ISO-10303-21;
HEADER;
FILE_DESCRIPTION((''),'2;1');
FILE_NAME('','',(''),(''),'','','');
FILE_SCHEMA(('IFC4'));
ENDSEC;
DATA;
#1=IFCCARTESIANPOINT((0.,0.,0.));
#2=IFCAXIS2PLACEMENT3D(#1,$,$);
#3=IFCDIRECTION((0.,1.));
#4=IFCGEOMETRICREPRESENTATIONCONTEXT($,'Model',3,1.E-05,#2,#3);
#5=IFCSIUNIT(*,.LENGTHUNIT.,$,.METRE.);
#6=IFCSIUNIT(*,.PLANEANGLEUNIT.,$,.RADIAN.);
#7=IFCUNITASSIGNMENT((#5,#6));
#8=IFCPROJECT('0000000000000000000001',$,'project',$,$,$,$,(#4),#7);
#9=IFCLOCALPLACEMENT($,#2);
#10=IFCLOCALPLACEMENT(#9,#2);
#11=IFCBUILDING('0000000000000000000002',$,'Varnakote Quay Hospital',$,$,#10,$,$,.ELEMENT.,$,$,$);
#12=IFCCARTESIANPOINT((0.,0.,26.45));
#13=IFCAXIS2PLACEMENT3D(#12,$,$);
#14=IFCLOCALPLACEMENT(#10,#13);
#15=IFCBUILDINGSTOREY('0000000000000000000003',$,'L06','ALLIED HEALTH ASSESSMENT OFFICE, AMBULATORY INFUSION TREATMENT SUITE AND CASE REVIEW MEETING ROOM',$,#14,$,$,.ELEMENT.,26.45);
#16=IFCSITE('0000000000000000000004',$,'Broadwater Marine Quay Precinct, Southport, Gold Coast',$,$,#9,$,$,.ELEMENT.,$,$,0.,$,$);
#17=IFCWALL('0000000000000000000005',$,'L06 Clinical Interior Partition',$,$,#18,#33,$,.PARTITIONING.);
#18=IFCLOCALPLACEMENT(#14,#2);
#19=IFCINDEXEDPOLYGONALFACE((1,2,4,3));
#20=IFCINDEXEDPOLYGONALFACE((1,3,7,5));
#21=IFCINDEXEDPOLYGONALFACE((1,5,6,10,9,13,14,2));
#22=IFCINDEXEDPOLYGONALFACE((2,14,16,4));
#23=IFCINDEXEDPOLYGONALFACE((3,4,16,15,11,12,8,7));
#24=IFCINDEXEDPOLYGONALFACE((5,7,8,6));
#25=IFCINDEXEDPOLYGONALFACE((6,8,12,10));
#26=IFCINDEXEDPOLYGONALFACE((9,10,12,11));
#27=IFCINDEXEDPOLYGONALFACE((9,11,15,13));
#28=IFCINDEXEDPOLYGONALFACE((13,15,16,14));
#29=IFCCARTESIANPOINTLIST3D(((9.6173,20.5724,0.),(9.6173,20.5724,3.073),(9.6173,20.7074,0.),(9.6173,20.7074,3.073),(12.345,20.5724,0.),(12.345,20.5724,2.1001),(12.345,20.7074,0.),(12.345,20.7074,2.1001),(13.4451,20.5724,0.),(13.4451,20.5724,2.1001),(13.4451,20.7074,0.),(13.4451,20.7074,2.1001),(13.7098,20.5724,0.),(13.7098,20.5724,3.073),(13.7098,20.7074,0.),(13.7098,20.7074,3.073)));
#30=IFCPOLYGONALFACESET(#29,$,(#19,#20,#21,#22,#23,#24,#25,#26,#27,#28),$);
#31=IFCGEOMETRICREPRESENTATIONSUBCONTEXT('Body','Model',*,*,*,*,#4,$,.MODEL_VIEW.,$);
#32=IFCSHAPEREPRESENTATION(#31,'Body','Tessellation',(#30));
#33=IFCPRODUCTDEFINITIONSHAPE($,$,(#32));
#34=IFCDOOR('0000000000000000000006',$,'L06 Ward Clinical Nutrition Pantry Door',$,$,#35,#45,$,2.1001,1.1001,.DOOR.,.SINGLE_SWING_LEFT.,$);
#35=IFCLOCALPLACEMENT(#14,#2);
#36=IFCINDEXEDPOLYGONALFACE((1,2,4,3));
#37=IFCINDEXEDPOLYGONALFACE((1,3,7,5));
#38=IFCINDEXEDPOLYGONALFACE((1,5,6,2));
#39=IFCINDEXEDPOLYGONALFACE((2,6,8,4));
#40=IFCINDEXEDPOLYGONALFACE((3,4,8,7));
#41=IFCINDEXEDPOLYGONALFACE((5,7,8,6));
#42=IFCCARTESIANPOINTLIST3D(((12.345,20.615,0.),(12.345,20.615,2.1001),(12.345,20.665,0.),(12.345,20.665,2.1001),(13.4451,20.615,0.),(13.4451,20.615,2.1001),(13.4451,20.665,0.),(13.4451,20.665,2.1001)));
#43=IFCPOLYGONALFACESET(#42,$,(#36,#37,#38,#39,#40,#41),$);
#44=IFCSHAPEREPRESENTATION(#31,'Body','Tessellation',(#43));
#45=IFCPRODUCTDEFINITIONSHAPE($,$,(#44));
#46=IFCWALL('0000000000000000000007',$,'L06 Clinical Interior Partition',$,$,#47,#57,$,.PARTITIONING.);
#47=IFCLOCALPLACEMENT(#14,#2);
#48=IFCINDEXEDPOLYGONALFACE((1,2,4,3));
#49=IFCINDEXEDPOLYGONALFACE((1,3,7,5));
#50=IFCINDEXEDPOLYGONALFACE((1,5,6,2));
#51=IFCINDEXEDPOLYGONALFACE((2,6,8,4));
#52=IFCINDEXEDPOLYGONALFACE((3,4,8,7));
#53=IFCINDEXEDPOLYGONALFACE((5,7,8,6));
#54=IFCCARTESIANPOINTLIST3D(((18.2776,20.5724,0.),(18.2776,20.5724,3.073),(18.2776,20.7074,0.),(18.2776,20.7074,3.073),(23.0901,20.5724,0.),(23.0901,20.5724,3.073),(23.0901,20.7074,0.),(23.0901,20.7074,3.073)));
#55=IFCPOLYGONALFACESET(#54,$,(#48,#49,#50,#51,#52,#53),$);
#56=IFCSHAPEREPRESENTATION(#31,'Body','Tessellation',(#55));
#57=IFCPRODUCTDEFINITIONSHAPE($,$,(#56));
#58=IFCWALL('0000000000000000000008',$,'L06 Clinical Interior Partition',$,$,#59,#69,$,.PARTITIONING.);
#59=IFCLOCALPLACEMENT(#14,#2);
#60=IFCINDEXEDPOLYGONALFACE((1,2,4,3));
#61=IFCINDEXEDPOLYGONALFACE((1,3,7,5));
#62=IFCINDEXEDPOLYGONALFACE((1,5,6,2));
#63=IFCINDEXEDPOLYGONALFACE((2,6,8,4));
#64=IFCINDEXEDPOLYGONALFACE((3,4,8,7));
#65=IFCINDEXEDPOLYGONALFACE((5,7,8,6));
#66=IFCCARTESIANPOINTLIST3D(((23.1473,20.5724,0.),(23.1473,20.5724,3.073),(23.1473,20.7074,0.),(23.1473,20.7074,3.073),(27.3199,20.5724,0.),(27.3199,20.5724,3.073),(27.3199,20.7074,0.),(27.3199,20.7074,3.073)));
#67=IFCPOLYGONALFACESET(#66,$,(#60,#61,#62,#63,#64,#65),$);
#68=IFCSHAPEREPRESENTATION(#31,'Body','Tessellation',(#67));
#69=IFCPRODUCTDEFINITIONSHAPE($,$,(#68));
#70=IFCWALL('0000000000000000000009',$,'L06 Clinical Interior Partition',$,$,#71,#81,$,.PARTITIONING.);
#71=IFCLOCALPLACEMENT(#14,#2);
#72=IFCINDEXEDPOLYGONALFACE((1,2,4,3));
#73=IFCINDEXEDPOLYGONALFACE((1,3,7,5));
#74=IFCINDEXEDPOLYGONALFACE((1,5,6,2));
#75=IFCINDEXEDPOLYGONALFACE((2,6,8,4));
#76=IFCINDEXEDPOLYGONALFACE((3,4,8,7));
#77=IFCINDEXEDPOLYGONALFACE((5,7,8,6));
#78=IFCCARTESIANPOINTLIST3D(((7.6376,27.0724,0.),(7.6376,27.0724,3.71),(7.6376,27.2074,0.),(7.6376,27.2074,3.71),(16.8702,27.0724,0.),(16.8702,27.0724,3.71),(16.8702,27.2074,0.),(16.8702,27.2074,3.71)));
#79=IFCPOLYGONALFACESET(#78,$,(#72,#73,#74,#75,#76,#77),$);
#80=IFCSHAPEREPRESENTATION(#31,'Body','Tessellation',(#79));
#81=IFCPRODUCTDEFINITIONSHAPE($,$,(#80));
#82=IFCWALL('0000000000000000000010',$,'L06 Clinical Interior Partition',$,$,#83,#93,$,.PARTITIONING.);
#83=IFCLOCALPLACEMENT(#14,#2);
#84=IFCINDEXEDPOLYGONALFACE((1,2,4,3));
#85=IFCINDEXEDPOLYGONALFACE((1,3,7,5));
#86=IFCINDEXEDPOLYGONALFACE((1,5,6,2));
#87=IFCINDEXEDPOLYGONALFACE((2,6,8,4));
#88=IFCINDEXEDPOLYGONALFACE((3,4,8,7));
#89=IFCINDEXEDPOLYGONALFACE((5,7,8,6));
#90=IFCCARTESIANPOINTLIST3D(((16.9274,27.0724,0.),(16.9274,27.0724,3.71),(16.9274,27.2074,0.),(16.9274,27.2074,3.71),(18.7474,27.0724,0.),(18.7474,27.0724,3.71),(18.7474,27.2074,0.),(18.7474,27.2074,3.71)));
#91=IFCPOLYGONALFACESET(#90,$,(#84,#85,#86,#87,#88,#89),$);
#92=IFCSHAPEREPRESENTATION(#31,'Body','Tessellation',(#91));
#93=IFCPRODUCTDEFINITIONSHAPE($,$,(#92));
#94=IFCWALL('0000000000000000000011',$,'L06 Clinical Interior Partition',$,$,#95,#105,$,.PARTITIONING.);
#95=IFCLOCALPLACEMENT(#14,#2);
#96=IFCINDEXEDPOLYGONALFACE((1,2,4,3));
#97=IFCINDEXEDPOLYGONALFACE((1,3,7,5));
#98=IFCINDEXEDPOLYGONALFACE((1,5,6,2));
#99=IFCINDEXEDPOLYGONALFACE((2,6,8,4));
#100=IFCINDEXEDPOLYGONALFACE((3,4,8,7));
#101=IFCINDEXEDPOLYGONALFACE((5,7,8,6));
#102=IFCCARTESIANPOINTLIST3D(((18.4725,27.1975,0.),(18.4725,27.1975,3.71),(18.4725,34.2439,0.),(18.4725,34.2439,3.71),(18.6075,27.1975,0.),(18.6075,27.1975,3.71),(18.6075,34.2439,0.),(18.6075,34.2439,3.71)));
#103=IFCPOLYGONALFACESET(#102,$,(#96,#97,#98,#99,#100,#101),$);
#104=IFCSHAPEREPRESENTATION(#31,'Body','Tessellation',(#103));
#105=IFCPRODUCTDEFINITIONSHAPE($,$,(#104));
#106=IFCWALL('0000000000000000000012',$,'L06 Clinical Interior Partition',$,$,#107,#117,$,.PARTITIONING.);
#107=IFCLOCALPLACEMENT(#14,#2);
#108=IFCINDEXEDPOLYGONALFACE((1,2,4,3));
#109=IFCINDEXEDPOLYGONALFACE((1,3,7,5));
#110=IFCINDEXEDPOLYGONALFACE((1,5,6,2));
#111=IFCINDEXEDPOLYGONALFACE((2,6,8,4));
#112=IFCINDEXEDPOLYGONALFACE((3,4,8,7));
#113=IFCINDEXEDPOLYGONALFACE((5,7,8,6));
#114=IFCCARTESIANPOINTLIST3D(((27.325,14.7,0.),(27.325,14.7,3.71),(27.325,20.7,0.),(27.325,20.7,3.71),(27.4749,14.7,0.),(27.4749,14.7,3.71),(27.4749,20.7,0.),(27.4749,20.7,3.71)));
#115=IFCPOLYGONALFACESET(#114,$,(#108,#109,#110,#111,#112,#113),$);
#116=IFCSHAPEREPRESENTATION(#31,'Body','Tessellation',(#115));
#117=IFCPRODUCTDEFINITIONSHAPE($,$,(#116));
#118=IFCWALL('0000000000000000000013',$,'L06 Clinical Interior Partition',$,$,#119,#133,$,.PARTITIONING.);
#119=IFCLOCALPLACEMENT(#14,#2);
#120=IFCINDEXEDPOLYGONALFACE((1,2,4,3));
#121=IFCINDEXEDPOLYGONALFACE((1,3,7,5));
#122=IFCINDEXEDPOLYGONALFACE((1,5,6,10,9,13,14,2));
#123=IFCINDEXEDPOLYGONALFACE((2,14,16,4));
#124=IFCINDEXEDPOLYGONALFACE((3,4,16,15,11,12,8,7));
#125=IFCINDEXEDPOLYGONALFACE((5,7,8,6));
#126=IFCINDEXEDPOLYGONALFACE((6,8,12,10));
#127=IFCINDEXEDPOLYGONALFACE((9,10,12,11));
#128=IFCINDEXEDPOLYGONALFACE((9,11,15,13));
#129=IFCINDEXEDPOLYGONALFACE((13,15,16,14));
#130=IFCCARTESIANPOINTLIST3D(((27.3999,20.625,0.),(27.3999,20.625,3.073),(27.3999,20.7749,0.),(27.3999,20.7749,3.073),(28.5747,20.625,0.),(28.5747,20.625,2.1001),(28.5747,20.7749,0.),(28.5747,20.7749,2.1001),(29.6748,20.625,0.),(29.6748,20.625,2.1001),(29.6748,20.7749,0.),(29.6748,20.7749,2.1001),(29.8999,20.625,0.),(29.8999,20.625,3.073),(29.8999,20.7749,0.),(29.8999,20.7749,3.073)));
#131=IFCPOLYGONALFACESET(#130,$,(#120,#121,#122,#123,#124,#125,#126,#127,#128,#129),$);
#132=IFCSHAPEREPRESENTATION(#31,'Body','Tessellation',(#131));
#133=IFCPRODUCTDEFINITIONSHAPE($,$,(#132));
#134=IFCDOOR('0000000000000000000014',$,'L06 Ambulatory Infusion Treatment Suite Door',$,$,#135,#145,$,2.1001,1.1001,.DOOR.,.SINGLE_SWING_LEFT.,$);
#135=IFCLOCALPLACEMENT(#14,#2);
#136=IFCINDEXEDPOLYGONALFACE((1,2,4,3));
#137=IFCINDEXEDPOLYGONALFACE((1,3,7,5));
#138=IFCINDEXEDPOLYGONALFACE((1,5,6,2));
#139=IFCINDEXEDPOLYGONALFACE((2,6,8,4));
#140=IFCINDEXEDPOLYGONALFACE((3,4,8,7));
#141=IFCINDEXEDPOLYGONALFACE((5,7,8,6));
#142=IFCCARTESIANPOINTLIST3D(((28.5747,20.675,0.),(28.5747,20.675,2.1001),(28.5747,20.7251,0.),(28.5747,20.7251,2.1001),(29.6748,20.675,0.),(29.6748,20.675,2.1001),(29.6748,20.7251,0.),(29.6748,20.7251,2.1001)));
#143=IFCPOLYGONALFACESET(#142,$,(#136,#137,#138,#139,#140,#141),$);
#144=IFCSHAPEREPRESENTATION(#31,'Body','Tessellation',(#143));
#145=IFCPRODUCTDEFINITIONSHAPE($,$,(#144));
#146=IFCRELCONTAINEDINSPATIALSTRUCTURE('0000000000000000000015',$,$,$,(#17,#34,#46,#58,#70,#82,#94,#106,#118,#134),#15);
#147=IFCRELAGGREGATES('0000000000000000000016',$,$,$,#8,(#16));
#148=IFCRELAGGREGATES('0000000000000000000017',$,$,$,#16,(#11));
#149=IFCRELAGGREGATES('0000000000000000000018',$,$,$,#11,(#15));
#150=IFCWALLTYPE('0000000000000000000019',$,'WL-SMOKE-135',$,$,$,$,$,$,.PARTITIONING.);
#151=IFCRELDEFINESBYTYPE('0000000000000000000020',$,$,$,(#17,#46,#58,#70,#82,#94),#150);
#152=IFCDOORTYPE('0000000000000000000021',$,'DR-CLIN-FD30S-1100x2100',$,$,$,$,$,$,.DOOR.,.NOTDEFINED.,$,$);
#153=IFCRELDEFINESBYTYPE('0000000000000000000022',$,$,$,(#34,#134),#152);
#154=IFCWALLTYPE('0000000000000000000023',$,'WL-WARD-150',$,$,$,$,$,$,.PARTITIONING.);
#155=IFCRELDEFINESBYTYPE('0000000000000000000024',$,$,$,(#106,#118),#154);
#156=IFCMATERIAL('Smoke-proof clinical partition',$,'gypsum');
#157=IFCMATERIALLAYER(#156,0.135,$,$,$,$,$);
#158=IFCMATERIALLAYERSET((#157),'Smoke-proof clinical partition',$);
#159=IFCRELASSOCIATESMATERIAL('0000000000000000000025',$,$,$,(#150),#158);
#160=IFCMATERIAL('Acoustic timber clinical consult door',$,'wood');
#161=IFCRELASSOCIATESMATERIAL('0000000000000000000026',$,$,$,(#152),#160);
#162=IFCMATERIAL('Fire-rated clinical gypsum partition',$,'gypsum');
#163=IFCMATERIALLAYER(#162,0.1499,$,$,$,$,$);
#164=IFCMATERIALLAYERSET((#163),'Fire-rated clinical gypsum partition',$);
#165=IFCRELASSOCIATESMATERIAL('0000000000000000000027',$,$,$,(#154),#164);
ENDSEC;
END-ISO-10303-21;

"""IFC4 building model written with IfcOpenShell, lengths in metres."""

from ifc_helpers import new_model, si_unit, direction, frame, frame_2d, origin, place, context, subcontext, project, spatial, rectangle, extrude, material, layer, layer_set, type_object, element, fill, save


model = new_model("IFC4")

# Units and contexts
model_context = context("Model", 3, precision=1e-05, world=origin(), true_north=direction((0.0, 1.0)))
body_context = subcontext(model_context, "Body", "Model", "MODEL_VIEW")
ifc_project = project(units=[si_unit("LENGTHUNIT", "METRE"), si_unit("PLANEANGLEUNIT", "RADIAN")], contexts=[model_context])

# Site, building, storey
site_placement = place(None, origin())
site = spatial("IfcSite", under=ifc_project, at=site_placement, Name="Broadwater Marine Quay Precinct, Southport, Gold Coast", CompositionType="ELEMENT", RefElevation=0.0)
building_placement = place(site_placement, origin())
building = spatial("IfcBuilding", under=site, at=building_placement, Name="Varnakote Quay Hospital", CompositionType="ELEMENT")
storey_placement = place(building_placement, frame((0.0, 0.0, 26.45)))
storey = spatial("IfcBuildingStorey", under=building, at=storey_placement, Name="L06", Description="ALLIED HEALTH ASSESSMENT OFFICE, AMBULATORY INFUSION TREATMENT SUITE AND CASE REVIEW MEETING ROOM", CompositionType="ELEMENT", Elevation=26.45)

# Wall, opening, door
ifc_material_1 = material(Name="Smoke-proof clinical partition", Category="gypsum")
ifc_layer_1 = layer(ifc_material_1, 0.135)
ifc_layer_set_1 = layer_set([ifc_layer_1], Name="Smoke-proof clinical partition")
wall_type_1 = type_object("IfcWallType", Name="WL-SMOKE-135", PredefinedType="PARTITIONING", material=ifc_layer_set_1)
wall_1_placement = place(storey_placement, frame((13.71, 20.6399, 0.0), z_axis=(0.0, 0.0, 1.0), x_axis=(-1.0, 0.0, 0.0)))
wall_1 = element("IfcWall", 1, at=wall_1_placement, inside=storey, type_object=wall_type_1, Name="L06 Clinical Interior Partition", PredefinedType="PARTITIONING", context=body_context, shape_type="SweptSolid", body=[
    extrude(rectangle(XDim=4.0925, YDim=0.135, at=frame_2d((2.0464, 0.0))), origin(), (0.0, 0.0, 1.0), 3.073),
])
opening_1_placement = place(wall_1_placement, frame((0.2649, 0.0, 0.0)))
opening_1 = element("IfcOpeningElement", 2, at=opening_1_placement, cuts=wall_1, PredefinedType="OPENING", context=body_context, shape_type="SweptSolid", body=[
    extrude(rectangle(XDim=1.1001, YDim=2.1001, at=frame_2d((0.55, 1.05))), frame((0.0, 0.0774, 0.0), z_axis=(0.0, -1.0, 0.0), x_axis=(1.0, 0.0, 0.0)), (0.0, 0.0, 1.0), 0.155),
])
ifc_material_2 = material(Name="Acoustic timber clinical consult door", Category="wood")
door_type = type_object("IfcDoorType", Name="DR-CLIN-FD30S-1100x2100", OperationType="NOTDEFINED", PredefinedType="DOOR", material=ifc_material_2)
door_1_placement = place(opening_1_placement, origin())
door_1 = element("IfcDoor", 3, at=door_1_placement, inside=storey, type_object=door_type, Name="L06 Ward Clinical Nutrition Pantry Door", OperationType="SINGLE_SWING_LEFT", OverallHeight=2.1001, OverallWidth=1.1001, PredefinedType="DOOR", context=body_context, shape_type="SweptSolid", body=[
    extrude(rectangle(XDim=1.1001, YDim=2.1001, at=frame_2d((0.55, 1.05))), frame((0.0, 0.0249, 0.0), z_axis=(0.0, -1.0, 0.0), x_axis=(1.0, 0.0, 0.0)), (0.0, 0.0, 1.0), 0.05),
])
fill(opening_1, door_1)

# Walls
wall_2_placement = place(storey_placement, frame((23.0901, 20.6399, 0.0), z_axis=(0.0, 0.0, 1.0), x_axis=(-1.0, 0.0, 0.0)))
element("IfcWall", 4, at=wall_2_placement, inside=storey, type_object=wall_type_1, Name="L06 Clinical Interior Partition", PredefinedType="PARTITIONING", context=body_context, shape_type="SweptSolid", body=[
    extrude(rectangle(XDim=4.8125, YDim=0.135, at=frame_2d((2.4062, 0.0))), origin(), (0.0, 0.0, 1.0), 3.073),
])
wall_3_placement = place(storey_placement, frame((27.3201, 20.6399, 0.0), z_axis=(0.0, 0.0, 1.0), x_axis=(-1.0, 0.0, 0.0)))
element("IfcWall", 5, at=wall_3_placement, inside=storey, type_object=wall_type_1, Name="L06 Clinical Interior Partition", PredefinedType="PARTITIONING", context=body_context, shape_type="SweptSolid", body=[
    extrude(rectangle(XDim=4.1726, YDim=0.135, at=frame_2d((2.0864, 0.0))), origin(), (0.0, 0.0, 1.0), 3.073),
])
wall_4_placement = place(storey_placement, frame((16.8701, 27.1399, 0.0), z_axis=(0.0, 0.0, 1.0), x_axis=(-1.0, 0.0, 0.0)))
element("IfcWall", 6, at=wall_4_placement, inside=storey, type_object=wall_type_1, Name="L06 Clinical Interior Partition", PredefinedType="PARTITIONING", context=body_context, shape_type="SweptSolid", body=[
    extrude(rectangle(XDim=9.2327, YDim=0.135, at=frame_2d((4.6162, 0.0))), origin(), (0.0, 0.0, 1.0), 3.71),
])
wall_5_placement = place(storey_placement, frame((18.7476, 27.1399, 0.0), z_axis=(0.0, 0.0, 1.0), x_axis=(-1.0, 0.0, 0.0)))
element("IfcWall", 7, at=wall_5_placement, inside=storey, type_object=wall_type_1, Name="L06 Clinical Interior Partition", PredefinedType="PARTITIONING", context=body_context, shape_type="SweptSolid", body=[
    extrude(rectangle(XDim=1.8201, YDim=0.135, at=frame_2d((0.9102, 0.0))), origin(), (0.0, 0.0, 1.0), 3.71),
])
wall_6_placement = place(storey_placement, frame((18.54, 27.1975, 0.0), z_axis=(0.0, 0.0, 1.0), x_axis=(0.0, 1.0, 0.0)))
element("IfcWall", 8, at=wall_6_placement, inside=storey, type_object=wall_type_1, Name="L06 Clinical Interior Partition", PredefinedType="PARTITIONING", context=body_context, shape_type="SweptSolid", body=[
    extrude(rectangle(XDim=7.0464, YDim=0.135, at=frame_2d((3.5232, 0.0))), origin(), (0.0, 0.0, 1.0), 3.71),
])
ifc_material_3 = material(Name="Fire-rated clinical gypsum partition", Category="gypsum")
ifc_layer_2 = layer(ifc_material_3, 0.1499)
ifc_layer_set_2 = layer_set([ifc_layer_2], Name="Fire-rated clinical gypsum partition")
wall_type_2 = type_object("IfcWallType", Name="WL-WARD-150", PredefinedType="PARTITIONING", material=ifc_layer_set_2)
wall_7_placement = place(storey_placement, frame((27.3999, 20.7, 0.0), z_axis=(0.0, 0.0, 1.0), x_axis=(0.0, -1.0, 0.0)))
element("IfcWall", 9, at=wall_7_placement, inside=storey, type_object=wall_type_2, Name="L06 Clinical Interior Partition", PredefinedType="PARTITIONING", context=body_context, shape_type="SweptSolid", body=[
    extrude(rectangle(XDim=6.0, YDim=0.1499, at=frame_2d((3.0, 0.0))), origin(), (0.0, 0.0, 1.0), 3.71),
])

# Wall, opening, door
wall_8_placement = place(storey_placement, frame((29.8999, 20.7, 0.0), z_axis=(0.0, 0.0, 1.0), x_axis=(-1.0, 0.0, 0.0)))
wall_8 = element("IfcWall", 10, at=wall_8_placement, inside=storey, type_object=wall_type_2, Name="L06 Clinical Interior Partition", PredefinedType="PARTITIONING", context=body_context, shape_type="SweptSolid", body=[
    extrude(rectangle(XDim=2.5, YDim=0.1499, at=frame_2d((1.25, 0.0))), origin(), (0.0, 0.0, 1.0), 3.073),
])
opening_2_placement = place(wall_8_placement, frame((0.2251, 0.0, 0.0)))
opening_2 = element("IfcOpeningElement", 11, at=opening_2_placement, cuts=wall_8, PredefinedType="OPENING", context=body_context, shape_type="SweptSolid", body=[
    extrude(rectangle(XDim=1.1001, YDim=2.1001, at=frame_2d((0.55, 1.05))), frame((0.0, 0.085, 0.0), z_axis=(0.0, -1.0, 0.0), x_axis=(1.0, 0.0, 0.0)), (0.0, 0.0, 1.0), 0.1699),
])
door_2_placement = place(opening_2_placement, origin())
door_2 = element("IfcDoor", 12, at=door_2_placement, inside=storey, type_object=door_type, Name="L06 Ambulatory Infusion Treatment Suite Door", OperationType="SINGLE_SWING_LEFT", OverallHeight=2.1001, OverallWidth=1.1001, PredefinedType="DOOR", context=body_context, shape_type="SweptSolid", body=[
    extrude(rectangle(XDim=1.1001, YDim=2.1001, at=frame_2d((0.55, 1.05))), frame((0.0, 0.0249, 0.0), z_axis=(0.0, -1.0, 0.0), x_axis=(1.0, 0.0, 0.0)), (0.0, 0.0, 1.0), 0.05),
])
fill(opening_2, door_2)

save(model, "model.ifc")
